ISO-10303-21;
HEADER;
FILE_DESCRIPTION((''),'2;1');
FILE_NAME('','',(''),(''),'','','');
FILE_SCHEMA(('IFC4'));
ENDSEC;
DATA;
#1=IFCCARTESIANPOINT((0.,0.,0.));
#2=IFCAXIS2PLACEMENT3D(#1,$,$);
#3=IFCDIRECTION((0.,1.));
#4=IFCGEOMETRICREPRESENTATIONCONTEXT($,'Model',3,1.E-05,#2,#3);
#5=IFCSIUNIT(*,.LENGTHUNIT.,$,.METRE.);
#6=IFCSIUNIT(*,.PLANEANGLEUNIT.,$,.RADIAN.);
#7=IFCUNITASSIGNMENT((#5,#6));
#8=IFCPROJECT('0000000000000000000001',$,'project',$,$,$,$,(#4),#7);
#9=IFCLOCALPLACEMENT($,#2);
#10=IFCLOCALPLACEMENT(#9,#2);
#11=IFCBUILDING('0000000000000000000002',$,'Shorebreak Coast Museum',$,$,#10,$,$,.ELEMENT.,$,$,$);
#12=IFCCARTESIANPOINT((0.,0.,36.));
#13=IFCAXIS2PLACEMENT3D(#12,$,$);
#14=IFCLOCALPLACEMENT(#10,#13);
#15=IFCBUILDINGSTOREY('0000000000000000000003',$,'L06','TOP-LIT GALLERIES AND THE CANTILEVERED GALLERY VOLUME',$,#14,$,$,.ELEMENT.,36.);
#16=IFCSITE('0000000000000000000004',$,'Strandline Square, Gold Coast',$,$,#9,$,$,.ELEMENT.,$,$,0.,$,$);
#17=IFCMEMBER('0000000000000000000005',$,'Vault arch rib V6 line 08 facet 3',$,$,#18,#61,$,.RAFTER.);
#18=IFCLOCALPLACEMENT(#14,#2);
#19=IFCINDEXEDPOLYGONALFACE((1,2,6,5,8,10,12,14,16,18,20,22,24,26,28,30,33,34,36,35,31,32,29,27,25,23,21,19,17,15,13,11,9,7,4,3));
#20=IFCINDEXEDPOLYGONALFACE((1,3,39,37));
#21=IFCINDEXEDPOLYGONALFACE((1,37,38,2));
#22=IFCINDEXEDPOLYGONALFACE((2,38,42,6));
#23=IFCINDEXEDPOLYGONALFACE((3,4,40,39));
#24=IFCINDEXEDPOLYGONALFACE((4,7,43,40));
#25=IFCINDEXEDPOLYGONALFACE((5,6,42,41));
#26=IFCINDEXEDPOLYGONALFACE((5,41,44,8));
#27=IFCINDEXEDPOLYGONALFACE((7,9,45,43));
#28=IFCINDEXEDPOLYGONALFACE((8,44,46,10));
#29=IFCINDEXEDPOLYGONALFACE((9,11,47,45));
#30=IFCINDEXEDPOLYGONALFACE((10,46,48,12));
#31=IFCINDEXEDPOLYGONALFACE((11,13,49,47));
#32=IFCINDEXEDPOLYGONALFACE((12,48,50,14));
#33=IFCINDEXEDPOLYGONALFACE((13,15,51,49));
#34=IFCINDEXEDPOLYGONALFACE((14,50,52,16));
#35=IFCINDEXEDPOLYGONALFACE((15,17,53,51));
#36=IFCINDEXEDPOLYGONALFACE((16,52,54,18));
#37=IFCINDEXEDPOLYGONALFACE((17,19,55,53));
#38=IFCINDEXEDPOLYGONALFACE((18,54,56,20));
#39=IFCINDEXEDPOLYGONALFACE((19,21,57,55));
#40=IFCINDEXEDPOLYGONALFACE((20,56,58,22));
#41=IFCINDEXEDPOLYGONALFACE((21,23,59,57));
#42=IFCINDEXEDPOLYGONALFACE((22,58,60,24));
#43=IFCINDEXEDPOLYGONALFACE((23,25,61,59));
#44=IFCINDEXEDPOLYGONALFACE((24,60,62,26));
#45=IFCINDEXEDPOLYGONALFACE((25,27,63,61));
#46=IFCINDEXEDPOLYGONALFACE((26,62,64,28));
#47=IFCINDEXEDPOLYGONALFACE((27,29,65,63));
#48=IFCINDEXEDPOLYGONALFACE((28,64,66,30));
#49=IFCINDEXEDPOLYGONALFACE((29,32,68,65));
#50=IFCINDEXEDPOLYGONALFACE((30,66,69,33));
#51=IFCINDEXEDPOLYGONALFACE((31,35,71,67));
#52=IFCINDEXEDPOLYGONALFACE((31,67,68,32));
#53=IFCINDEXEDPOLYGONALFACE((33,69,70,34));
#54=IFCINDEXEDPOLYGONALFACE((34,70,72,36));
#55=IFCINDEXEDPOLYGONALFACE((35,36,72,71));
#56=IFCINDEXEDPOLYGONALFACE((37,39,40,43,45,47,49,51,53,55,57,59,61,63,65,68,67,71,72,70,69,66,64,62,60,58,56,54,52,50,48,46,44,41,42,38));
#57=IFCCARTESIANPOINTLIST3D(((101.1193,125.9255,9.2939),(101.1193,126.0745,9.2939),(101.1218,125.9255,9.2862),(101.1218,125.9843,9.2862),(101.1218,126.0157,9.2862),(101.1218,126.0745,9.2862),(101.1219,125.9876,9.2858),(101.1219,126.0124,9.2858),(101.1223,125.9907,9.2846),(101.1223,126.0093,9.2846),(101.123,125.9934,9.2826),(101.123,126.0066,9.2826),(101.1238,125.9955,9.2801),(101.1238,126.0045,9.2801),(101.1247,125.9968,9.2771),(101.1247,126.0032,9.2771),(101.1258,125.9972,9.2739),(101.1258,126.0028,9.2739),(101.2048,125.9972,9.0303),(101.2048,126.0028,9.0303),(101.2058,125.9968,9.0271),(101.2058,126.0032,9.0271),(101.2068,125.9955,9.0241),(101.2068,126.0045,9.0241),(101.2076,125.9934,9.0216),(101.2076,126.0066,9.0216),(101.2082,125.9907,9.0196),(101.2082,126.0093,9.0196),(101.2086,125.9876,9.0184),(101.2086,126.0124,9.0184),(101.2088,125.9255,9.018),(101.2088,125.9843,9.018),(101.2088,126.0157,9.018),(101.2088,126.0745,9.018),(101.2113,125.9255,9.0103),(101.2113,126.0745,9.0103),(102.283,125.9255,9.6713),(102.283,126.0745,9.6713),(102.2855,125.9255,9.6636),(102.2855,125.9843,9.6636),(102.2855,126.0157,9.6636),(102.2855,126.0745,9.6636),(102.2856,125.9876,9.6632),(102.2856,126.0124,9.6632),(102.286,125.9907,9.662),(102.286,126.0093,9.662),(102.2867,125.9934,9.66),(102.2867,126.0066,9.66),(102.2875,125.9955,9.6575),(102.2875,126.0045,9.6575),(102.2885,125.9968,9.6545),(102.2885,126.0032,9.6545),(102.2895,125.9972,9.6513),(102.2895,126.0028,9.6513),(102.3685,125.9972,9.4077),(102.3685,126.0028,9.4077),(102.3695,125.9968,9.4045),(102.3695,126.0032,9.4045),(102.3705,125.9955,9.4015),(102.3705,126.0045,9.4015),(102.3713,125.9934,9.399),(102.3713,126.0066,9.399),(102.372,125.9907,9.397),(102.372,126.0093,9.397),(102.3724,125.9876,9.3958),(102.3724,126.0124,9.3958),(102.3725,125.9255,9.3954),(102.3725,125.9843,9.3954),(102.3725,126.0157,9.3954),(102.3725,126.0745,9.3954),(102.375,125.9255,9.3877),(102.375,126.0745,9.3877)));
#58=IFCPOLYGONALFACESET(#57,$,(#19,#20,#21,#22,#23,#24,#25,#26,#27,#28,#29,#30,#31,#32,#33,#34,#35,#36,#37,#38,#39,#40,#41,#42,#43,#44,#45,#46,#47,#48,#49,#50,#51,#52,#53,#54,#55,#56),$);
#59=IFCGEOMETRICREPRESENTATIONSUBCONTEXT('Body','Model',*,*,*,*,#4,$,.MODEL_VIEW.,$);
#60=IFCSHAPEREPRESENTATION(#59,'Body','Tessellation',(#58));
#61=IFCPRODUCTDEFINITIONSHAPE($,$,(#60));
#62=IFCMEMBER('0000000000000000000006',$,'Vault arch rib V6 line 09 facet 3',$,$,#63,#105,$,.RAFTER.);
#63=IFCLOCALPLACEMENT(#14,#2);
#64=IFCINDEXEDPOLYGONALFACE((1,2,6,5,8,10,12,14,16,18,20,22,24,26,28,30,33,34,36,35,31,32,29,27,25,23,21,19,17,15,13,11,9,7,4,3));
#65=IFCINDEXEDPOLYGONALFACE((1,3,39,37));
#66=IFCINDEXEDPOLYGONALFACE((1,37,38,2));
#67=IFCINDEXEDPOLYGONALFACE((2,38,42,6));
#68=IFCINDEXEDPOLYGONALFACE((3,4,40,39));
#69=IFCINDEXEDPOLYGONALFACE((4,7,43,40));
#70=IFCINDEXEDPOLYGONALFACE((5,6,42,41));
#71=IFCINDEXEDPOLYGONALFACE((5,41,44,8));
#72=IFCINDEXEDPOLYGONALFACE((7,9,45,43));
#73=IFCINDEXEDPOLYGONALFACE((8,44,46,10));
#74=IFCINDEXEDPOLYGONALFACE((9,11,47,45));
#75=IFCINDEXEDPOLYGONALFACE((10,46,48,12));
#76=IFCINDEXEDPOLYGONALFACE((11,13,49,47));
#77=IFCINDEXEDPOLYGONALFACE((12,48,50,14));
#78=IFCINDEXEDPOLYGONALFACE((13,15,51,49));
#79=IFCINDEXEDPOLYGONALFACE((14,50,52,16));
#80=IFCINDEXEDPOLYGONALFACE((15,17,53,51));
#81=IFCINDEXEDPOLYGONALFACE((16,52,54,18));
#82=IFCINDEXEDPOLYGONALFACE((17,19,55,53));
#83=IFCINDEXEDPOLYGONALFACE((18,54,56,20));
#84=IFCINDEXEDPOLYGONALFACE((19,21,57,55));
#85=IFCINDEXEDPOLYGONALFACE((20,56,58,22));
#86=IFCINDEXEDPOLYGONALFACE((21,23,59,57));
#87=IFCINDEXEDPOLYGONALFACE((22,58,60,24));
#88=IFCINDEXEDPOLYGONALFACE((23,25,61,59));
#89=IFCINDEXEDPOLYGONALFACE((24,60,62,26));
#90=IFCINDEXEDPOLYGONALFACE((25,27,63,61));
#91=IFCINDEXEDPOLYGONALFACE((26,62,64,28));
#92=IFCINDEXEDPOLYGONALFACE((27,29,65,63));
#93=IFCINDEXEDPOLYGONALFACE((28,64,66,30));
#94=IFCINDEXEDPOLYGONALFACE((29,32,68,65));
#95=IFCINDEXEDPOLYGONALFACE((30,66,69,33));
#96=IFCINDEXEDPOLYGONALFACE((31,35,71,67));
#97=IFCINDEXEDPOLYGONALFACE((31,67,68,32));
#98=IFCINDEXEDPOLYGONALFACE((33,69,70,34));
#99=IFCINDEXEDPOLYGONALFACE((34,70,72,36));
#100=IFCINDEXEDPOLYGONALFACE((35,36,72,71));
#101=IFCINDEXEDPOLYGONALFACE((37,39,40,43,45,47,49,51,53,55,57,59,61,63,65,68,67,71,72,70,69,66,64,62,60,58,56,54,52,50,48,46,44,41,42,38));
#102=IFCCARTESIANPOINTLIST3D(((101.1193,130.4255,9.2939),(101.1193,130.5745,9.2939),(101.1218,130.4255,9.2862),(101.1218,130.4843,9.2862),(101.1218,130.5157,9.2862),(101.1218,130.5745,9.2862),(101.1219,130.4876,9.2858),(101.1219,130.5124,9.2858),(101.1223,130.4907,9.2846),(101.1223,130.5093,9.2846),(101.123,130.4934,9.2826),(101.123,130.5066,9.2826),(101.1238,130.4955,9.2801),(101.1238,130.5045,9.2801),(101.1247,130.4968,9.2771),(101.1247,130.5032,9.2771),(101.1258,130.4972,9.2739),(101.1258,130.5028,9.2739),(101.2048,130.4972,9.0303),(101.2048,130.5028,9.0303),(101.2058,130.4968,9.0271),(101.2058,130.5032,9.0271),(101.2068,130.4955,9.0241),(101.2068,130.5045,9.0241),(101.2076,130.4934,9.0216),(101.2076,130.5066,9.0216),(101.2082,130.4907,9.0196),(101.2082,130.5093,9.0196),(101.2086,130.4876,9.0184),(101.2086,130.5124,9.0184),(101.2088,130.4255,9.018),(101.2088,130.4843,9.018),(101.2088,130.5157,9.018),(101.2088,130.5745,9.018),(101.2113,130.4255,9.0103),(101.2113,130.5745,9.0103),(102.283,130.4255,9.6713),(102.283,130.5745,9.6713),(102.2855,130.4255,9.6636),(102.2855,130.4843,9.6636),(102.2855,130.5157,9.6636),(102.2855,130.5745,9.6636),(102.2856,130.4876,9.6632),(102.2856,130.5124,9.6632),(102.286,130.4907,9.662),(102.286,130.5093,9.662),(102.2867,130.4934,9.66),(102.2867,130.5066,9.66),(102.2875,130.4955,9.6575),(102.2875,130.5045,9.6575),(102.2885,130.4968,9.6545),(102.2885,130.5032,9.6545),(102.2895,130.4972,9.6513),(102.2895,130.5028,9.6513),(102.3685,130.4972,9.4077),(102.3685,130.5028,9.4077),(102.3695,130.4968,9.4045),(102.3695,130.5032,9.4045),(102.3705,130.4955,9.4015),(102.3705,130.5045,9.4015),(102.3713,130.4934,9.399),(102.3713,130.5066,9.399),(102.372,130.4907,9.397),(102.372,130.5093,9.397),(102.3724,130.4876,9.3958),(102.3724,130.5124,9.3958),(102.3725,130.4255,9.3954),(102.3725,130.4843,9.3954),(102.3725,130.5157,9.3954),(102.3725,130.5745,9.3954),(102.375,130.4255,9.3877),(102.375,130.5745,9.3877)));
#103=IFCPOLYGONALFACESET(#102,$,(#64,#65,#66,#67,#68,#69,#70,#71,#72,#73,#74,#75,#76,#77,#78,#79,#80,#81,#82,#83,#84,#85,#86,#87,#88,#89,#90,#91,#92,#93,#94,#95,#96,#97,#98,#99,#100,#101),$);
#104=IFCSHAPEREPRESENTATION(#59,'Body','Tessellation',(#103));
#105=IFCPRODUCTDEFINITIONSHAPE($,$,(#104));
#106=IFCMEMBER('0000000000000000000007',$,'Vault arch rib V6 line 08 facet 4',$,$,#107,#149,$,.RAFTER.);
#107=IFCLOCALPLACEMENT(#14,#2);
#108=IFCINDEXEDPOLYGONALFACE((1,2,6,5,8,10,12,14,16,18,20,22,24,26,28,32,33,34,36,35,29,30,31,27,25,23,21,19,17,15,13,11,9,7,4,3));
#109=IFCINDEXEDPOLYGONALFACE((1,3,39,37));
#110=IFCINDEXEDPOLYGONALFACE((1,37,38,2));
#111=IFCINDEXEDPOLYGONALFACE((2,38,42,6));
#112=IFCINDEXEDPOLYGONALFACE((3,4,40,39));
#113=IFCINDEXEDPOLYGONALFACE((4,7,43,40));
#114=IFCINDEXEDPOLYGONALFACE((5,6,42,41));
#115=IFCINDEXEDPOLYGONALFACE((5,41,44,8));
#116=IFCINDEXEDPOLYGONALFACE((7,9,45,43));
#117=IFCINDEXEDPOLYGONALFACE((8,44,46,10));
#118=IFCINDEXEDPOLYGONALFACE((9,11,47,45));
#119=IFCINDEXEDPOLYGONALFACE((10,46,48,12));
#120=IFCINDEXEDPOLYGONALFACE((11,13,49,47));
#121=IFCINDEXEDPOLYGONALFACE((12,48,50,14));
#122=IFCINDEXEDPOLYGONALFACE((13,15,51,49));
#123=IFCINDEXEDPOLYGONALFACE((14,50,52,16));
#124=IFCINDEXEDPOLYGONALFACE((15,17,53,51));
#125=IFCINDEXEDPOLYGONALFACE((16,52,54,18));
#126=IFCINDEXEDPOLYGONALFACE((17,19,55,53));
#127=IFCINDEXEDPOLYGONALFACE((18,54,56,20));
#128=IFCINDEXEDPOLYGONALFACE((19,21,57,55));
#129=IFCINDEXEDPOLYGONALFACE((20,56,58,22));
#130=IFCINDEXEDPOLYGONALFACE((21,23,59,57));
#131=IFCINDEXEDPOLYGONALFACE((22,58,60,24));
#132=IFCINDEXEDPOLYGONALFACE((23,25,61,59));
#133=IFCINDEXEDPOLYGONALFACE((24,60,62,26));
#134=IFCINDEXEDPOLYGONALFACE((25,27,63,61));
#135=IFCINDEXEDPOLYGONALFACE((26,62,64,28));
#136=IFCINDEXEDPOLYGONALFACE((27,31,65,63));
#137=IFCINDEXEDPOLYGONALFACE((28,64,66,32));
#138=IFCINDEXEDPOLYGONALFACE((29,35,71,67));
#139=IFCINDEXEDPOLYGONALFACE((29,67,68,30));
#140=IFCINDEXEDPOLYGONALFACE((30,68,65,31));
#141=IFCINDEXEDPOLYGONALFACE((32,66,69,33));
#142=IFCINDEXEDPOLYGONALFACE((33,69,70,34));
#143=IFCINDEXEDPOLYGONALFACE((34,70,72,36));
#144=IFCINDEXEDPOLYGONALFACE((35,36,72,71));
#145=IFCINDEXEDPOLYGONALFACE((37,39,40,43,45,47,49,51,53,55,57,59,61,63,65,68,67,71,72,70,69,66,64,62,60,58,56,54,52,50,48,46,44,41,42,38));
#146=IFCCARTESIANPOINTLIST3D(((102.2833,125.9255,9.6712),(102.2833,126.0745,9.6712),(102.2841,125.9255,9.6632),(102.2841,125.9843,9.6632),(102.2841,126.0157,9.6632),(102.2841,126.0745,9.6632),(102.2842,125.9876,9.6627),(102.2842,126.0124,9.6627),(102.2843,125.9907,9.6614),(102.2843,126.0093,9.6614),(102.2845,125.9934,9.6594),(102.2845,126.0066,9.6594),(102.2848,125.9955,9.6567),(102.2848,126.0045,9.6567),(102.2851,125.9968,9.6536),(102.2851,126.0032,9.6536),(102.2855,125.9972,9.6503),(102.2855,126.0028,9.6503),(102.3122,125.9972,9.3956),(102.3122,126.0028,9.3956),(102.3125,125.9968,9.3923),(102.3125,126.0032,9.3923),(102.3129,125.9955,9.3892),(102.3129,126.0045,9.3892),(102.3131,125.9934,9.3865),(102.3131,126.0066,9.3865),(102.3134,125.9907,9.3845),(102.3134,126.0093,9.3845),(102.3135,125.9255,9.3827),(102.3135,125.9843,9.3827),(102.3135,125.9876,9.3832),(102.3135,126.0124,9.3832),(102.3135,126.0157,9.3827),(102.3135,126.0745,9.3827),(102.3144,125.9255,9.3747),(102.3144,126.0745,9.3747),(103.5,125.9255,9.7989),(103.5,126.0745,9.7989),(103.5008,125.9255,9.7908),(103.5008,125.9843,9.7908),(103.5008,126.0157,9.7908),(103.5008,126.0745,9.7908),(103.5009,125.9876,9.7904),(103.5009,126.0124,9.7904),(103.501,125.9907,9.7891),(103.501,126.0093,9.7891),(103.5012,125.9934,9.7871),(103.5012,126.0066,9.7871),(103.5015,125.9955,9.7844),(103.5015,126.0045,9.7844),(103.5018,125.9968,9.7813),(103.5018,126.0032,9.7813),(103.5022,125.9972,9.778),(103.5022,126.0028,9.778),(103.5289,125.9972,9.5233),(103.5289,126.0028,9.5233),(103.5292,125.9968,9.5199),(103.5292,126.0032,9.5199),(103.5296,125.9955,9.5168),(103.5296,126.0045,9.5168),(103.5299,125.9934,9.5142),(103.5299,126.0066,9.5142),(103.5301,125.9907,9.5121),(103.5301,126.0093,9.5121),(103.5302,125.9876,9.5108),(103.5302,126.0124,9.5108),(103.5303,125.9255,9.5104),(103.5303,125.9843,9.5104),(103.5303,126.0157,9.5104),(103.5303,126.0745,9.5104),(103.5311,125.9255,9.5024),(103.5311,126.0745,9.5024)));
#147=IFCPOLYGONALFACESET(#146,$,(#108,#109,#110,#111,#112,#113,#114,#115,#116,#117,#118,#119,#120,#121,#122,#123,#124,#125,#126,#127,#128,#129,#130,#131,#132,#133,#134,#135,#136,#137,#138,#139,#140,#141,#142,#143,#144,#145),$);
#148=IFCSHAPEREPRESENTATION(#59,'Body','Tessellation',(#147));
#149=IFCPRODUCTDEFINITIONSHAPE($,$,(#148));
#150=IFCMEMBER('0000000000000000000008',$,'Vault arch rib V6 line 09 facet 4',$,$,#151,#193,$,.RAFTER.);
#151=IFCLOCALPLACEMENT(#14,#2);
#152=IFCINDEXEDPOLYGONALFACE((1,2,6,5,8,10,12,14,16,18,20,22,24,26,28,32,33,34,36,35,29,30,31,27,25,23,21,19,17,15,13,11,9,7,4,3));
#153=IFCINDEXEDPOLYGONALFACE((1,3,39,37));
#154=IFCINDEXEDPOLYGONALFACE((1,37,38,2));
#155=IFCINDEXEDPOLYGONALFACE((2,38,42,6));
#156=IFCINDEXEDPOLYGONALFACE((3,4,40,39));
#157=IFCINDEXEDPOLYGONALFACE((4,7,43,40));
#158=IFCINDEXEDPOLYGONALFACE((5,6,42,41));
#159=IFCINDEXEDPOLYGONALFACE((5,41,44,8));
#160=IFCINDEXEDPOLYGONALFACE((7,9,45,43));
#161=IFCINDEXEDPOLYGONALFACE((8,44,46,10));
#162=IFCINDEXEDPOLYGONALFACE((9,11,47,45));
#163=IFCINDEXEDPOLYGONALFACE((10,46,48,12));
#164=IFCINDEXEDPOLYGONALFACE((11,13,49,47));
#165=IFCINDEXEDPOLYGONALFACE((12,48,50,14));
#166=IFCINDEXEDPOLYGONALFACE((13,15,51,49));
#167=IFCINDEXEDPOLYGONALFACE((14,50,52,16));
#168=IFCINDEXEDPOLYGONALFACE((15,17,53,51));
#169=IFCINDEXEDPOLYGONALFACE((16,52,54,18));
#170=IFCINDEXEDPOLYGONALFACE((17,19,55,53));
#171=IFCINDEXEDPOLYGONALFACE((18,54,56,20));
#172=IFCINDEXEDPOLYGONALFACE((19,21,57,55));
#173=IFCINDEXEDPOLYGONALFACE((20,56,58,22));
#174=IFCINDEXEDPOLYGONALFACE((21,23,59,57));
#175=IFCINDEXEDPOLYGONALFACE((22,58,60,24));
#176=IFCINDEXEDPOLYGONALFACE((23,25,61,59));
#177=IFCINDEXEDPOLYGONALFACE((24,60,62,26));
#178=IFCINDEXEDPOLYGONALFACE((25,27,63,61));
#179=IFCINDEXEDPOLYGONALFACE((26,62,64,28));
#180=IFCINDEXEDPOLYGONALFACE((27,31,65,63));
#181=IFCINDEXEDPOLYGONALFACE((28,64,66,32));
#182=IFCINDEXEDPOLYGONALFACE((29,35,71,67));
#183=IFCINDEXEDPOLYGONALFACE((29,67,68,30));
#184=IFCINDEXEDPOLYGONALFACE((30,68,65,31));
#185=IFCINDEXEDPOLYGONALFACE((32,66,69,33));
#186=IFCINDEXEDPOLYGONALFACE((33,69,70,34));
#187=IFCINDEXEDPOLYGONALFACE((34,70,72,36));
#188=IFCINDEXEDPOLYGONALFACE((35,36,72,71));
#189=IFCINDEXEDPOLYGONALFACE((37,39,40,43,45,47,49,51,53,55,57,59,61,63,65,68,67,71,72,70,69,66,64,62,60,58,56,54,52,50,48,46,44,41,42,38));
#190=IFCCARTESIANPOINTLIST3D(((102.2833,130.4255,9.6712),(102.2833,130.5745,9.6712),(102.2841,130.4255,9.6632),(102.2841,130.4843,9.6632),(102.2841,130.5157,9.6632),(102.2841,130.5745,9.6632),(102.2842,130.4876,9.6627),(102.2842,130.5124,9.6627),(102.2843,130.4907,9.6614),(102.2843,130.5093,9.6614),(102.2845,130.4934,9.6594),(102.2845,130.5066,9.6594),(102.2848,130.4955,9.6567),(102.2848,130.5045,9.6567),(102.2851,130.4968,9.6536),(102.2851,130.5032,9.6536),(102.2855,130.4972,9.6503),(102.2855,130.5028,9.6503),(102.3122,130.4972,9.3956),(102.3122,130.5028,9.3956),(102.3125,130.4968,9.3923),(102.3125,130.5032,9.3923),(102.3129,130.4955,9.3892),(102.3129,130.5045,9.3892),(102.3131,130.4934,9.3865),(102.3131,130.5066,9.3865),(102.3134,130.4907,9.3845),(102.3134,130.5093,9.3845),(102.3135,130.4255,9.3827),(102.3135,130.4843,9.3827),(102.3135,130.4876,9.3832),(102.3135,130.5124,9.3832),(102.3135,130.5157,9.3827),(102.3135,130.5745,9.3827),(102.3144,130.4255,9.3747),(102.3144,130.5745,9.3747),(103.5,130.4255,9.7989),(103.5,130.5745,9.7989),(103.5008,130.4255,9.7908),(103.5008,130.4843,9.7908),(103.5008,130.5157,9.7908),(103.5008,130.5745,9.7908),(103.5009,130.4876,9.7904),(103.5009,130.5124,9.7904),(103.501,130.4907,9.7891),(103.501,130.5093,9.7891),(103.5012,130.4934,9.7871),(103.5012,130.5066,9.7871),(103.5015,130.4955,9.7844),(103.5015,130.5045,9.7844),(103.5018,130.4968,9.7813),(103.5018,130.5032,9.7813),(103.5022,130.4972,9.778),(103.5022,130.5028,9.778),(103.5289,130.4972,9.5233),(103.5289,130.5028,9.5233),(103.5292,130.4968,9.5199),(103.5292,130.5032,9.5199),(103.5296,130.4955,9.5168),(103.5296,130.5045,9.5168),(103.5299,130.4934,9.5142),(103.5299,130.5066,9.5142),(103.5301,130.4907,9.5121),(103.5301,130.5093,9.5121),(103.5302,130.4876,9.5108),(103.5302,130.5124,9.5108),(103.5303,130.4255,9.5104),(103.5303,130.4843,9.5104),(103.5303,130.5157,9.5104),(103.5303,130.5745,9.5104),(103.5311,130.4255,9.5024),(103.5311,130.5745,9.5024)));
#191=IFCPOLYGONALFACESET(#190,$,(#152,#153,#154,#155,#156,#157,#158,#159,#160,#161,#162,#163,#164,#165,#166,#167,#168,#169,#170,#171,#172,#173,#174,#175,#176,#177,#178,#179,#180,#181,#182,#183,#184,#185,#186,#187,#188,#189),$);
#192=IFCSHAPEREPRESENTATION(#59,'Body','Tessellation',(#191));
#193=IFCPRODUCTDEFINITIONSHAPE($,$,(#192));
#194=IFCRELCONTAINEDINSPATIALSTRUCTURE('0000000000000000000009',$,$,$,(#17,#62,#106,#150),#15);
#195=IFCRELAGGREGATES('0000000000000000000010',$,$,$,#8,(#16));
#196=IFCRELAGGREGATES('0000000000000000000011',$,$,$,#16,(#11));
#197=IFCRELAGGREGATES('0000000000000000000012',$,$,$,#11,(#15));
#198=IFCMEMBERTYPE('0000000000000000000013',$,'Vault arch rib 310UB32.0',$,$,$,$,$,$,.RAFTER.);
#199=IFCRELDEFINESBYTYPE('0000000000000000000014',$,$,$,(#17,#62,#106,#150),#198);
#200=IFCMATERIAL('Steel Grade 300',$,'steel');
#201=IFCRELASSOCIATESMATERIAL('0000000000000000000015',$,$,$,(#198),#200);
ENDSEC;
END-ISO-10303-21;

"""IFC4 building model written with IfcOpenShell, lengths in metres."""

from ifc_helpers import new_model, si_unit, direction, frame, origin, origin_2d, place, context, subcontext, project, spatial, i_section, extrude, material, material_profile, profile_set, type_object, element, save


model = new_model("IFC4")

# Units and contexts
model_context = context("Model", 3, precision=1e-05, world=origin(), true_north=direction((0.0, 1.0)))
body_context = subcontext(model_context, "Body", "Model", "MODEL_VIEW")
ifc_project = project(units=[si_unit("LENGTHUNIT", "METRE"), si_unit("PLANEANGLEUNIT", "RADIAN")], contexts=[model_context])

# Site, building, storey
site_placement = place(None, origin())
site = spatial("IfcSite", under=ifc_project, at=site_placement, Name="Strandline Square, Gold Coast", CompositionType="ELEMENT", RefElevation=0.0)
building_placement = place(site_placement, origin())
building = spatial("IfcBuilding", under=site, at=building_placement, Name="Shorebreak Coast Museum", CompositionType="ELEMENT")
storey_placement = place(building_placement, frame((0.0, 0.0, 36.0)))
storey = spatial("IfcBuildingStorey", under=building, at=storey_placement, Name="L06", Description="TOP-LIT GALLERIES AND THE CANTILEVERED GALLERY VOLUME", CompositionType="ELEMENT", Elevation=36.0)

# Members
ifc_material_1 = material(Name="Steel Grade 300", Category="steel")
ifc_material_profile_1 = material_profile(ifc_material_1, i_section(OverallWidth=0.1489, OverallDepth=0.2981, WebThickness=0.0056, FlangeThickness=0.0081, FilletRadius=0.0129, at=origin_2d()), Name="310UB32.0")
ifc_profile_set_1 = profile_set([ifc_material_profile_1], Name="Steel Grade 300")
member_type_1 = type_object("IfcMemberType", Name="Vault arch rib 310UB32.0", PredefinedType="RAFTER", material=ifc_profile_set_1)
for number, where, z_axis, x_axis, name in (
    (1, (101.1653, 126.0, 9.1521), (0.951226, 0.0, 0.308495), (0.0, 1.0, 0.0), "Vault arch rib V6 line 08 facet 3"),
    (2, (101.1653, 130.5, 9.1521), (0.951226, 0.0, 0.308495), (0.0, 1.0, 0.0), "Vault arch rib V6 line 09 facet 3"),
    (3, (102.2988, 126.0, 9.5229), (0.994539, 0.0, 0.104363), (0.0, 1.0, 0.0), "Vault arch rib V6 line 08 facet 4"),
    (4, (102.2988, 130.5, 9.5229), (0.994539, 0.0, 0.104363), (0.0, 1.0, 0.0), "Vault arch rib V6 line 09 facet 4"),
):
    element("IfcMember", number, at=place(storey_placement, frame(where, z_axis=z_axis, x_axis=x_axis)), inside=storey, type_object=member_type_1, Name=name, PredefinedType="RAFTER", context=body_context, shape_type="SweptSolid", body=[
        extrude(i_section(OverallWidth=0.1489, OverallDepth=0.2981, WebThickness=0.0056, FlangeThickness=0.0081, FilletRadius=0.0129, at=origin_2d()), origin(), (0.0, 0.0, 1.0), 1.2234),
    ])

save(model, "model.ifc")
